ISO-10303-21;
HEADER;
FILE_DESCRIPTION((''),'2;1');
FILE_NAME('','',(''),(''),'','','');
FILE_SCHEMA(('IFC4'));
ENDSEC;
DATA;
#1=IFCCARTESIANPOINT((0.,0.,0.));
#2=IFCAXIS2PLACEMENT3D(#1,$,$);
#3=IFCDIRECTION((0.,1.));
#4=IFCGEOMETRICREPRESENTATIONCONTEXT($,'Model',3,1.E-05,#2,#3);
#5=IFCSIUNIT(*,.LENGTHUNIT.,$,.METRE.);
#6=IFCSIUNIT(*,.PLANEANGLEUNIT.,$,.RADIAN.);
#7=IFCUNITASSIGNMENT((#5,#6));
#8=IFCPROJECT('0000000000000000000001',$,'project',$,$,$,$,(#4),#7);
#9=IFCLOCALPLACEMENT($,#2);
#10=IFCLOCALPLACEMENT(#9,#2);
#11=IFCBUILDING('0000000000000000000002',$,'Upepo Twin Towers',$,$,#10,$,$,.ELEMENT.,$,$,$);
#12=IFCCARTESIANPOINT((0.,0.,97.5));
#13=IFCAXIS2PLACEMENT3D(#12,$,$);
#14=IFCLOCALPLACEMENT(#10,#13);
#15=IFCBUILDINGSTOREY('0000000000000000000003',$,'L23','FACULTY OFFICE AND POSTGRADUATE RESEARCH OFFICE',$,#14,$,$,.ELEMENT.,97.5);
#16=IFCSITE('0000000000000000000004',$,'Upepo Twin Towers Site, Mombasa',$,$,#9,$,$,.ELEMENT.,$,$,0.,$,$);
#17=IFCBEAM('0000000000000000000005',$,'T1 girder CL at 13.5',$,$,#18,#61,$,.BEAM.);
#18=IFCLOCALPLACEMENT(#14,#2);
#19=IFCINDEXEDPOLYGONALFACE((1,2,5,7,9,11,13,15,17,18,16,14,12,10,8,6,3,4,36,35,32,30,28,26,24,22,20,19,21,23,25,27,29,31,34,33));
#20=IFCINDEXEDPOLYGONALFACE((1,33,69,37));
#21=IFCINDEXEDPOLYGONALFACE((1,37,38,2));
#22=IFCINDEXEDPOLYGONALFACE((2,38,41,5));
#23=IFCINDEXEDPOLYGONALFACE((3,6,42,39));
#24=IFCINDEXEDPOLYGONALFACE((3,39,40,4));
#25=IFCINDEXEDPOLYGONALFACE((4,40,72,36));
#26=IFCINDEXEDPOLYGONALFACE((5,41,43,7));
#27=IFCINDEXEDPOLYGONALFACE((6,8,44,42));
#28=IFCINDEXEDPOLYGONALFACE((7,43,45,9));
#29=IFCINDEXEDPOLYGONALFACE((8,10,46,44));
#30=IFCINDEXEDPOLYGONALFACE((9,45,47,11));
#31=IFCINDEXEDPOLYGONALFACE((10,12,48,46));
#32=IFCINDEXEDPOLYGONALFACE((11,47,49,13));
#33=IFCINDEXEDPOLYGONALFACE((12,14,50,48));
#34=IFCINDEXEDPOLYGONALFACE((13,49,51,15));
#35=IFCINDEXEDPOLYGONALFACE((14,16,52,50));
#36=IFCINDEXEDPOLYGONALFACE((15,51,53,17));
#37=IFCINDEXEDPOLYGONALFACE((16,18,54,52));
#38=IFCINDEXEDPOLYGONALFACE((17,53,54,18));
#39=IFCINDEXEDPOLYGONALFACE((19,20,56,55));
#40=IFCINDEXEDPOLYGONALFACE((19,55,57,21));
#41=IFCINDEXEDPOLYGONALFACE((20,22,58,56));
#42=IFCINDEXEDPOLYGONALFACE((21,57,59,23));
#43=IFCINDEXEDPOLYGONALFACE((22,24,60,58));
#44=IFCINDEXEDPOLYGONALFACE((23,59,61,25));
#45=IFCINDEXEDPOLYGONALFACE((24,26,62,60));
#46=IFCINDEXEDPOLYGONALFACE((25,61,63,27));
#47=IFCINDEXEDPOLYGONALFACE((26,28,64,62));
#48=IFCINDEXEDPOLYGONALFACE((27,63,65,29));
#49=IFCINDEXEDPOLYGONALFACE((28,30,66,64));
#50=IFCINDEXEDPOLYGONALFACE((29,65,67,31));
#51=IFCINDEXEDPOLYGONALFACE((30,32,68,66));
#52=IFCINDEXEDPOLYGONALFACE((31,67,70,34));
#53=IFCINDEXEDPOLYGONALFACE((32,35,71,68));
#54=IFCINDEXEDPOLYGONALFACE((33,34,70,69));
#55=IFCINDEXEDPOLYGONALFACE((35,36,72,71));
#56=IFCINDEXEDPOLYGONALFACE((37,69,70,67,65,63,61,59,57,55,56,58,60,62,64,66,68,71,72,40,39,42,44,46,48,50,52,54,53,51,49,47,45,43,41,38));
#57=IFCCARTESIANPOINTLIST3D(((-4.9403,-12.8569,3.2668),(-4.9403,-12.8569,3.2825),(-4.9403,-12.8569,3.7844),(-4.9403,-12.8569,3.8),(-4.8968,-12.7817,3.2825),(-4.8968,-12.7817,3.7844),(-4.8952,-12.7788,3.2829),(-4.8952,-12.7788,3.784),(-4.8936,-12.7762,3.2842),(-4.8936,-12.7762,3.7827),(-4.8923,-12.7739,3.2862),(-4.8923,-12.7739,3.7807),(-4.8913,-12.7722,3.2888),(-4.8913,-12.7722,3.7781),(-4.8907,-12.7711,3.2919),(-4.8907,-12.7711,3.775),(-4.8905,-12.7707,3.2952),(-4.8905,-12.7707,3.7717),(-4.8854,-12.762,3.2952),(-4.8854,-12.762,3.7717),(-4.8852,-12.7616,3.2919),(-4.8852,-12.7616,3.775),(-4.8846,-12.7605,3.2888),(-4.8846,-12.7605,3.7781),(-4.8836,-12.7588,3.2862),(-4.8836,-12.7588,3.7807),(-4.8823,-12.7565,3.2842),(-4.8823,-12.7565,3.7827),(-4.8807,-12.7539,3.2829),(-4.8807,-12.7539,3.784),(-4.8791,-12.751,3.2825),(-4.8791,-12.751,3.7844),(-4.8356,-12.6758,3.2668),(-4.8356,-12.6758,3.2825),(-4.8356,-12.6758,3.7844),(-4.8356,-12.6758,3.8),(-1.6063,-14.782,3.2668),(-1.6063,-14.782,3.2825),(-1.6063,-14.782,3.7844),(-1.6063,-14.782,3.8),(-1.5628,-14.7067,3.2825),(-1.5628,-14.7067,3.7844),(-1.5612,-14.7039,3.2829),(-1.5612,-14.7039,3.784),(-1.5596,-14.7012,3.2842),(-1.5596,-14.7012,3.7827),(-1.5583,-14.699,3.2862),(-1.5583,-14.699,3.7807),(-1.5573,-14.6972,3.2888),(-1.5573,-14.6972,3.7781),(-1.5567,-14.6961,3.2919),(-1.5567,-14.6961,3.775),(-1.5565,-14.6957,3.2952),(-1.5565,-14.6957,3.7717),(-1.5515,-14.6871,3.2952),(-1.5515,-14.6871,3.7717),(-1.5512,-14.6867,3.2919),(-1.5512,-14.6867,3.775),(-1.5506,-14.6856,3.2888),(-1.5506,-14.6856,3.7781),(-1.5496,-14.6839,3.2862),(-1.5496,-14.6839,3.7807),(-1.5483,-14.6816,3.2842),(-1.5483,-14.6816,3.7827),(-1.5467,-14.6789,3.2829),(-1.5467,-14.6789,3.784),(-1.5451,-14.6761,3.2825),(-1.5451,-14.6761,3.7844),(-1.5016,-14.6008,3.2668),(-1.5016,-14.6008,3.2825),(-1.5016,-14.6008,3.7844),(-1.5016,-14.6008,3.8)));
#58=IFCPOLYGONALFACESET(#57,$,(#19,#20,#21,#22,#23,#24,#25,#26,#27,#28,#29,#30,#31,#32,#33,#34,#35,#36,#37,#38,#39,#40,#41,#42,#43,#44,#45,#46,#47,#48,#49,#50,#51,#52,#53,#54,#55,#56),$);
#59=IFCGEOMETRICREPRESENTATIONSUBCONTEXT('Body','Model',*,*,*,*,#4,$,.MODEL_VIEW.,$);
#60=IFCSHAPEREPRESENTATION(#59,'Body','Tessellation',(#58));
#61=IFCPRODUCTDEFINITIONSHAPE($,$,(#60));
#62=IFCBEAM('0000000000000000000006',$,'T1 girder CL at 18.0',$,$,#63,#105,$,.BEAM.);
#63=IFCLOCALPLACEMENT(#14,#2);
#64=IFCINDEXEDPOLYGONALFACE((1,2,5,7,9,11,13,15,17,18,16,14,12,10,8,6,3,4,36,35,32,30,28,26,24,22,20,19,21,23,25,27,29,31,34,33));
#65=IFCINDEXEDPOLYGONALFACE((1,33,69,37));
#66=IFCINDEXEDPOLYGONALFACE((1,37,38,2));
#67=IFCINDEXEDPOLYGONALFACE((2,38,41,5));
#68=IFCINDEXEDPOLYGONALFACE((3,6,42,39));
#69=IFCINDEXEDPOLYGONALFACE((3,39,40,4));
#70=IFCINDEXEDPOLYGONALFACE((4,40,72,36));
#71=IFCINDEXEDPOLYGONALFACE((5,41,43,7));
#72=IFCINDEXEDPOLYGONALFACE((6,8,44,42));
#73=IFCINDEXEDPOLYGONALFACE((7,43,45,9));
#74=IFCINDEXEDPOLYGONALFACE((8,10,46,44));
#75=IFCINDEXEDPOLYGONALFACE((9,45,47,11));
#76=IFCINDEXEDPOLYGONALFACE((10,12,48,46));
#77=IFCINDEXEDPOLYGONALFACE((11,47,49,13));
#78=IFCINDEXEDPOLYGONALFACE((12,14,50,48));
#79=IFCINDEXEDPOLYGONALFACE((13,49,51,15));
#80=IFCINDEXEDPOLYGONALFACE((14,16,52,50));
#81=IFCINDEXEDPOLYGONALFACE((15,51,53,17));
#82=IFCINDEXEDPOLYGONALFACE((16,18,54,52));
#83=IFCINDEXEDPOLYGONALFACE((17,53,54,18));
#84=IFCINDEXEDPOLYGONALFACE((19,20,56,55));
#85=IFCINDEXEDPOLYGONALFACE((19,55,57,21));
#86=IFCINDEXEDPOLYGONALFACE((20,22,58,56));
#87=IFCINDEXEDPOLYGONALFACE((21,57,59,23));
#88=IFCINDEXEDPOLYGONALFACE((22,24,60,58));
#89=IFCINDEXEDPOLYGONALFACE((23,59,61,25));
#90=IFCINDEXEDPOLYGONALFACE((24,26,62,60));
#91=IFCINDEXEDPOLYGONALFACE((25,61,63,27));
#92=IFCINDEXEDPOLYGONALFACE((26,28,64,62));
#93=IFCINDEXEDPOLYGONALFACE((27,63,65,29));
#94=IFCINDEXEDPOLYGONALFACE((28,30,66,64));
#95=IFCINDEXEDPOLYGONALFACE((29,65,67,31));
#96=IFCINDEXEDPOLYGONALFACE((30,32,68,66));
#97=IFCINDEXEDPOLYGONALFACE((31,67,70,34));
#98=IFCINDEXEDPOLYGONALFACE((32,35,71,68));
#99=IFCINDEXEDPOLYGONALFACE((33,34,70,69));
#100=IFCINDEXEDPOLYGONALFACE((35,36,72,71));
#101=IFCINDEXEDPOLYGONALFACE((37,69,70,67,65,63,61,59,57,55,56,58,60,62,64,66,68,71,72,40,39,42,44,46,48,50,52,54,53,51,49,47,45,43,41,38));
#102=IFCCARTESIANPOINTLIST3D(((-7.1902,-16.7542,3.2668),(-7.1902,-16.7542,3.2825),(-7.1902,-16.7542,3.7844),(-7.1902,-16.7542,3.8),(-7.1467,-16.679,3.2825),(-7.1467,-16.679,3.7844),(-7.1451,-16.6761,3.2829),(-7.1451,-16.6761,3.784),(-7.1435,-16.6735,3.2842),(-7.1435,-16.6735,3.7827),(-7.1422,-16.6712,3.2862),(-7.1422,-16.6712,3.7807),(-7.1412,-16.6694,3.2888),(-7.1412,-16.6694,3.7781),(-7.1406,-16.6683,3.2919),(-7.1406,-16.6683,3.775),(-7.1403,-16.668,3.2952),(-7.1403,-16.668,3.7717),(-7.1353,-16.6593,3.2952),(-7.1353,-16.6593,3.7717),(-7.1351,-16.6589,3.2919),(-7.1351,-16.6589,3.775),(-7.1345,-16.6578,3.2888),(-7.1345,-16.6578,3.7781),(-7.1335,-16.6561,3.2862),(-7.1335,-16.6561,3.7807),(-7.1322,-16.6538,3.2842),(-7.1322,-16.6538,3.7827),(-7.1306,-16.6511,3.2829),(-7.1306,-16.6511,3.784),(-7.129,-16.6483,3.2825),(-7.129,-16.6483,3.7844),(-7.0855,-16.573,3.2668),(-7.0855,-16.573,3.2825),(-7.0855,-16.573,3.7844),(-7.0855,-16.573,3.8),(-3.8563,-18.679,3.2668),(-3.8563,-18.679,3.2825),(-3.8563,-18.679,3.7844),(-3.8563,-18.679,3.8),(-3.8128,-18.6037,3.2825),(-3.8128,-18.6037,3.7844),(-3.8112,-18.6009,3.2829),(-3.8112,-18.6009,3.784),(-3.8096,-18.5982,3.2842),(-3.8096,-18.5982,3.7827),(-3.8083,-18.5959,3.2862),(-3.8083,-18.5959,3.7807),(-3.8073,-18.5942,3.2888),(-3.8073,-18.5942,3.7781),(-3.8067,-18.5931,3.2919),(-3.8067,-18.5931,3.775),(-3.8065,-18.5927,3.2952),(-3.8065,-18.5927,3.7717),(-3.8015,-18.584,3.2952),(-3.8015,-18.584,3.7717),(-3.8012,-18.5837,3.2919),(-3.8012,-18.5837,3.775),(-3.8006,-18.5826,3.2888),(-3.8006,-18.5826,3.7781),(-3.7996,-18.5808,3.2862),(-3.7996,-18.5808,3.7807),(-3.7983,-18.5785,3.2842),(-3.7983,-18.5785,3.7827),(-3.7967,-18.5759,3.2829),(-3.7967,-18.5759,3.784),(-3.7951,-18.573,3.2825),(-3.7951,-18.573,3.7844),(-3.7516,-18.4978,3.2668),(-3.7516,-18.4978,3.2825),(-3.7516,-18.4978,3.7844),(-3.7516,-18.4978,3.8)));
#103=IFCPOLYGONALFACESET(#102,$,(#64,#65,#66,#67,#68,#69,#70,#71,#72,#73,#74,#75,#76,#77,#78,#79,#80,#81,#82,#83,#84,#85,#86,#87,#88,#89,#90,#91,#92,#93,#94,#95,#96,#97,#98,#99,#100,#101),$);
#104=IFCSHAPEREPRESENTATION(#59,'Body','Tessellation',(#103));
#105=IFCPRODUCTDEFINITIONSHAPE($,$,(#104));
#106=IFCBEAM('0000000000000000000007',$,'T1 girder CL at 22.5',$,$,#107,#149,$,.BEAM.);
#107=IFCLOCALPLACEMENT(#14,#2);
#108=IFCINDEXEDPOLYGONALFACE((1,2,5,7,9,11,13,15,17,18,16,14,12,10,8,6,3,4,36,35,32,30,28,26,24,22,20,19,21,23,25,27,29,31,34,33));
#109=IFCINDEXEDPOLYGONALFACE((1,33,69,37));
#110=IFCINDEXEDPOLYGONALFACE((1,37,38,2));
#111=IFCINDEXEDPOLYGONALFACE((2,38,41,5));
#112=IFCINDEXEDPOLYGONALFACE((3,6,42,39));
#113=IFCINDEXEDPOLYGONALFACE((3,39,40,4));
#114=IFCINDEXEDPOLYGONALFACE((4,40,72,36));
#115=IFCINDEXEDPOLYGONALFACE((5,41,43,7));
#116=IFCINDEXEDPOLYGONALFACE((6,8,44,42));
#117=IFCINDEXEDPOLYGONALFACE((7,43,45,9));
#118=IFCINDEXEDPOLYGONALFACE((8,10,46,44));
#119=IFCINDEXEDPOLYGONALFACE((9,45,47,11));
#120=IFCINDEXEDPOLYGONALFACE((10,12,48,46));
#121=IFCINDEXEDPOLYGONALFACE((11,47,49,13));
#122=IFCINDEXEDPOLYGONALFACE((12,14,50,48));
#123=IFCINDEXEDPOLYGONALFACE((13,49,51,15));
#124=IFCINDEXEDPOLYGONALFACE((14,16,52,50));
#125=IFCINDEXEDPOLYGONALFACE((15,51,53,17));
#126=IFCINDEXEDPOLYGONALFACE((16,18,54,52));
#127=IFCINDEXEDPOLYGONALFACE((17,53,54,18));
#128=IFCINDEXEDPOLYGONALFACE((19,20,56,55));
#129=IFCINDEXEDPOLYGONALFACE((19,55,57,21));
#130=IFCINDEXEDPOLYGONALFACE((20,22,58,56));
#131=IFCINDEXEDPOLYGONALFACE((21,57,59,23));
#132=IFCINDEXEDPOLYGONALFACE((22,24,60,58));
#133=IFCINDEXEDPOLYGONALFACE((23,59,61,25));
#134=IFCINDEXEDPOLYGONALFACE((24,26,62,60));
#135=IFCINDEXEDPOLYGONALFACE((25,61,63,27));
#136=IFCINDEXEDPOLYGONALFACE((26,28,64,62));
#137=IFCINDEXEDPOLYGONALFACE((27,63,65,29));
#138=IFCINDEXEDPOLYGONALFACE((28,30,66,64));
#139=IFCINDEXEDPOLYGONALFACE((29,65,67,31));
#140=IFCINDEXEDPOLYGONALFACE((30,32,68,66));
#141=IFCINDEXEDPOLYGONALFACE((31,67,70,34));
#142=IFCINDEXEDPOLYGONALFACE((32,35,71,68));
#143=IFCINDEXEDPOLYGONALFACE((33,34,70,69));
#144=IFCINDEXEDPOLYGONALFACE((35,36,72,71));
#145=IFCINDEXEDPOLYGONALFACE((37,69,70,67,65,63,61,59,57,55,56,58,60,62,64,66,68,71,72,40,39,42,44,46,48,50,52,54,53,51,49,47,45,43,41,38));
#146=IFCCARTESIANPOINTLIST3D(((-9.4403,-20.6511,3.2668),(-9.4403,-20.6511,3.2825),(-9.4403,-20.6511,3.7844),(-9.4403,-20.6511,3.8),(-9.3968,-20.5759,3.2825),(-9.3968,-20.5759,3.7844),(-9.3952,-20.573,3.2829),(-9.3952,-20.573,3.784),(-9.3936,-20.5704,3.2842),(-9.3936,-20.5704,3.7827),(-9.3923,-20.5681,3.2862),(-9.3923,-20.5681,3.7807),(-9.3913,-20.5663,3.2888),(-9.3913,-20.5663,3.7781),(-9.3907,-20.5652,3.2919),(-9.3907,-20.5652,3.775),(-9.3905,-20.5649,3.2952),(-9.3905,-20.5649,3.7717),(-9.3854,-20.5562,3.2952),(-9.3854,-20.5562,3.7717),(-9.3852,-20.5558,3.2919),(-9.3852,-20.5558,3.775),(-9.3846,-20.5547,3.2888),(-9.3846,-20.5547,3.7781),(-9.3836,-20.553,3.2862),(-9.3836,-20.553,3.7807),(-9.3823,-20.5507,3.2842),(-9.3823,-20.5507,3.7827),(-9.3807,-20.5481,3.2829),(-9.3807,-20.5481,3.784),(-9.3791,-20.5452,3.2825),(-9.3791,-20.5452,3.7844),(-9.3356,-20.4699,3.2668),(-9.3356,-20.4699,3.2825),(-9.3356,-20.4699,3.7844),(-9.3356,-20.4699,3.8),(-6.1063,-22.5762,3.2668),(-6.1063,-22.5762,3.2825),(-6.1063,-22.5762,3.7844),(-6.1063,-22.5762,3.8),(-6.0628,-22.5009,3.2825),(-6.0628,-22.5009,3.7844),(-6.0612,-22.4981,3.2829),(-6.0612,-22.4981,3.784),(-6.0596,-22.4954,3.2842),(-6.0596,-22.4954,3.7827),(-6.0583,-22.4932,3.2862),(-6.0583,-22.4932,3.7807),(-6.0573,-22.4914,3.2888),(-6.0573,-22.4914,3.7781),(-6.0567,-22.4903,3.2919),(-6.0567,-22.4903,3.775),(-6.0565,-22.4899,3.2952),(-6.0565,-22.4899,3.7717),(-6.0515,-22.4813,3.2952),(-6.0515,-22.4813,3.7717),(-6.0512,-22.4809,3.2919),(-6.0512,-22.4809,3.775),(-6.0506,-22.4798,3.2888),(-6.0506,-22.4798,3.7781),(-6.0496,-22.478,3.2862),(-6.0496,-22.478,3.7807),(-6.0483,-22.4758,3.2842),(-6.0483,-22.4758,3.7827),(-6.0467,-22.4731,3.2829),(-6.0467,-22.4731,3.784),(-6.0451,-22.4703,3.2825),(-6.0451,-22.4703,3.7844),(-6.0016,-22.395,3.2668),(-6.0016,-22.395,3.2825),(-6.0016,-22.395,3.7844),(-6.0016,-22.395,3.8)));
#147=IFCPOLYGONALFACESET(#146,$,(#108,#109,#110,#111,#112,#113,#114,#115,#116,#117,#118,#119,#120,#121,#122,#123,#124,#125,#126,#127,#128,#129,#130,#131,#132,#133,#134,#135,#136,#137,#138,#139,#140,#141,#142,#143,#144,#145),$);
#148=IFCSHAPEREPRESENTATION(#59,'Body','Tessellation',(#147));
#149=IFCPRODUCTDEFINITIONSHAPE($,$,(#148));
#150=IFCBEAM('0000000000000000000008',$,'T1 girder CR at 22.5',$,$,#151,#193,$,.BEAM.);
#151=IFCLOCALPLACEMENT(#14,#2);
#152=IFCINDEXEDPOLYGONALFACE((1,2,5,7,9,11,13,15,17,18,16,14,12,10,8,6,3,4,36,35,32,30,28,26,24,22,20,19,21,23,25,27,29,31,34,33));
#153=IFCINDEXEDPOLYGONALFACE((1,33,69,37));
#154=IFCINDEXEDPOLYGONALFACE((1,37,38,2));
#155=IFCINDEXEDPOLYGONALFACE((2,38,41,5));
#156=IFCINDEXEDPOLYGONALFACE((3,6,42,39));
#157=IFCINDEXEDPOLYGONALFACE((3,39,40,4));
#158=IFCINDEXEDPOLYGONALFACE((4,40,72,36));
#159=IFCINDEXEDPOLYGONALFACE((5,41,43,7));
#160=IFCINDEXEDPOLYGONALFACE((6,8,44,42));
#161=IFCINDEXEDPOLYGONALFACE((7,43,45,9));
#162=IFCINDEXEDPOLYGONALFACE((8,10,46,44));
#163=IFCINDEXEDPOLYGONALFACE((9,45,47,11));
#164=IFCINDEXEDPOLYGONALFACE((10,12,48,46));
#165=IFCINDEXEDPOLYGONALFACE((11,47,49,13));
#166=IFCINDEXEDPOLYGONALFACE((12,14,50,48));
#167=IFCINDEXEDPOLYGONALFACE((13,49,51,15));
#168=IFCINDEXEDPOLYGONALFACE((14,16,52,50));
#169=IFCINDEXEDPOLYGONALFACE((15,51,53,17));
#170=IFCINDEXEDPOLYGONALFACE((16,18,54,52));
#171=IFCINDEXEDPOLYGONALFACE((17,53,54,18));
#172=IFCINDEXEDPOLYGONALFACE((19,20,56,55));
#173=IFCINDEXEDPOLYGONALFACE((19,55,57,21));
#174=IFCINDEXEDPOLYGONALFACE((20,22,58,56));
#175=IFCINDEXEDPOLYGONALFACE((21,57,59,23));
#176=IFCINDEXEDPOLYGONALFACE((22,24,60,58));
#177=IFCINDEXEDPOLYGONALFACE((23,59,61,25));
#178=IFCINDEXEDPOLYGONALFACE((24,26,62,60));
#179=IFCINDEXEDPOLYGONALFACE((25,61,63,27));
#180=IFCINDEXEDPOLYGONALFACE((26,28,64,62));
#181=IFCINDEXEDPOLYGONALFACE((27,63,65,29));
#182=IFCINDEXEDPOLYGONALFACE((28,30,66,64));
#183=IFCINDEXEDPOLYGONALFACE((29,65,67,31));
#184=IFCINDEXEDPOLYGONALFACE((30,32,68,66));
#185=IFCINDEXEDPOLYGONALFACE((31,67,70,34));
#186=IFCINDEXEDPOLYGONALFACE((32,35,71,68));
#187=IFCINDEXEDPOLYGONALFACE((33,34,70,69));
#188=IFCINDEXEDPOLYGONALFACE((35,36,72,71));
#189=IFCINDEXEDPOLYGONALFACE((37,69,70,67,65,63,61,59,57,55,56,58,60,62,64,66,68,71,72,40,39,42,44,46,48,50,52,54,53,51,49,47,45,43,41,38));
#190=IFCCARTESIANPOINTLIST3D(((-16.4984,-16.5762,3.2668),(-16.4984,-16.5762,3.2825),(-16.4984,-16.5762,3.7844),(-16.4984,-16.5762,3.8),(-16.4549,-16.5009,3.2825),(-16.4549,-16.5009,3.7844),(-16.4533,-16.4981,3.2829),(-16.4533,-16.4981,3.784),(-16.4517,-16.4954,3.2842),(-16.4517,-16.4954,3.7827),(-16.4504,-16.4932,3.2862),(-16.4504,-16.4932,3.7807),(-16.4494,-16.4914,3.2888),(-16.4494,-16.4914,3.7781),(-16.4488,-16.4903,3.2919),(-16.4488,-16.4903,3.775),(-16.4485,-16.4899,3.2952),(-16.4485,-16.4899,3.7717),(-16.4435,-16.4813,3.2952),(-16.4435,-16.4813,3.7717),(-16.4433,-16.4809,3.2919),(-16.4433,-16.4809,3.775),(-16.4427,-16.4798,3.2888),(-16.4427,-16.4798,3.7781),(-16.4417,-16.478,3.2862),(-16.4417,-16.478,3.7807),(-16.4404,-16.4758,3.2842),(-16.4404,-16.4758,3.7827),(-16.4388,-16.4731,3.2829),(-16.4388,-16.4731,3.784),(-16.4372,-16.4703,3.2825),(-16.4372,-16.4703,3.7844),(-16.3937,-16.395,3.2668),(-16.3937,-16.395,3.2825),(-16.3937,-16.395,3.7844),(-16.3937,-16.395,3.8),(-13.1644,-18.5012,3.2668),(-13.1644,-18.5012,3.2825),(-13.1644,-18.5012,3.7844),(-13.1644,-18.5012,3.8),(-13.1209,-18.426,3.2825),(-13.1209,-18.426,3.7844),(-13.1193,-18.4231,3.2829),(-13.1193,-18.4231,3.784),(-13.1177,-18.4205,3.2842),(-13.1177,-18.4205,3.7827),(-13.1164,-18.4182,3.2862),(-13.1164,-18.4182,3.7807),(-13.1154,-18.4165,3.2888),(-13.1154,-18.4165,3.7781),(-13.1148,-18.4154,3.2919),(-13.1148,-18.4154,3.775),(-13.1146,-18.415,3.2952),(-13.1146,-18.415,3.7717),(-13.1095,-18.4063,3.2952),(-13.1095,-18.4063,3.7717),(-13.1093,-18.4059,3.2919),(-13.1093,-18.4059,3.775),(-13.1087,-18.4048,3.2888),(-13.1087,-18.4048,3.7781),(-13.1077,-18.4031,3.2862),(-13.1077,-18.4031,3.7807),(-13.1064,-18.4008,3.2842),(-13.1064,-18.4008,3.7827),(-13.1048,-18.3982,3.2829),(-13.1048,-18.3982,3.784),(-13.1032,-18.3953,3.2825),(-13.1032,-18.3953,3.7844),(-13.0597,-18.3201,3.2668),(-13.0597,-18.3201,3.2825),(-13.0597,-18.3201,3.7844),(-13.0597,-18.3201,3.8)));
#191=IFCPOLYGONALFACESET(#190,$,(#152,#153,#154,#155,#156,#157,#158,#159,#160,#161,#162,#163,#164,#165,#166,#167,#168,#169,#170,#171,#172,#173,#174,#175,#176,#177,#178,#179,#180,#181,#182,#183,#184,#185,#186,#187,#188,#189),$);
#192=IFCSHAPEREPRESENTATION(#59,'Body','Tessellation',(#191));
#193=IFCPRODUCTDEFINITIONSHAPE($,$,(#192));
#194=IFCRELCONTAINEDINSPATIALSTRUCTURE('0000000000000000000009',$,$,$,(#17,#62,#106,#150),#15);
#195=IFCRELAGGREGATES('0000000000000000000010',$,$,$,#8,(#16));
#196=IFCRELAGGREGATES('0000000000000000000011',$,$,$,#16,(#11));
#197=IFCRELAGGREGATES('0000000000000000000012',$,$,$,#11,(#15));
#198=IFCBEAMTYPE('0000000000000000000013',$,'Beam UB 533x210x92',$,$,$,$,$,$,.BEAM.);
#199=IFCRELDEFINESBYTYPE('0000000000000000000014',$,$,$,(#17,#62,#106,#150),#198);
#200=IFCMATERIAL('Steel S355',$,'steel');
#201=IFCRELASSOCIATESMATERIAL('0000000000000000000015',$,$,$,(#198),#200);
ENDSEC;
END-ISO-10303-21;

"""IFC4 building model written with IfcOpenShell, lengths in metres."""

from ifc_helpers import new_model, si_unit, direction, frame, origin, origin_2d, place, context, subcontext, project, spatial, i_section, extrude, material, material_profile, profile_set, type_object, element, save


model = new_model("IFC4")

# Units and contexts
model_context = context("Model", 3, precision=1e-05, world=origin(), true_north=direction((0.0, 1.0)))
body_context = subcontext(model_context, "Body", "Model", "MODEL_VIEW")
ifc_project = project(units=[si_unit("LENGTHUNIT", "METRE"), si_unit("PLANEANGLEUNIT", "RADIAN")], contexts=[model_context])

# Site, building, storey
site_placement = place(None, origin())
site = spatial("IfcSite", under=ifc_project, at=site_placement, Name="Upepo Twin Towers Site, Mombasa", CompositionType="ELEMENT", RefElevation=0.0)
building_placement = place(site_placement, origin())
building = spatial("IfcBuilding", under=site, at=building_placement, Name="Upepo Twin Towers", CompositionType="ELEMENT")
storey_placement = place(building_placement, frame((0.0, 0.0, 97.5)))
storey = spatial("IfcBuildingStorey", under=building, at=storey_placement, Name="L23", Description="FACULTY OFFICE AND POSTGRADUATE RESEARCH OFFICE", CompositionType="ELEMENT", Elevation=97.5)

# Beams
ifc_material_1 = material(Name="Steel S355", Category="steel")
ifc_material_profile_1 = material_profile(ifc_material_1, i_section(OverallWidth=0.2092, OverallDepth=0.5332, WebThickness=0.01, FlangeThickness=0.0156, FilletRadius=0.0127, at=origin_2d()), Name="UB 533x210x92")
ifc_profile_set_1 = profile_set([ifc_material_profile_1], Name="Steel S355")
beam_type_1 = type_object("IfcBeamType", Name="Beam UB 533x210x92", PredefinedType="BEAM", material=ifc_profile_set_1)
beam_1_placement = place(storey_placement, frame((-1.554, -14.6914, 3.5334), z_axis=(-0.866006, 0.500034, 0.0), x_axis=(-0.500034, -0.866006, 0.0)))
element("IfcBeam", 1, at=beam_1_placement, inside=storey, type_object=beam_type_1, Name="T1 girder CL at 13.5", PredefinedType="BEAM", context=body_context, shape_type="SweptSolid", body=[
    extrude(i_section(OverallWidth=0.2092, OverallDepth=0.5332, WebThickness=0.01, FlangeThickness=0.0156, FilletRadius=0.0127, at=origin_2d()), origin(), (0.0, 0.0, 1.0), 3.8499),
])
beam_2_placement = place(storey_placement, frame((-3.804, -18.5884, 3.5334), z_axis=(-0.866034, 0.499986, 0.0), x_axis=(-0.499986, -0.866034, 0.0)))
element("IfcBeam", 2, at=beam_2_placement, inside=storey, type_object=beam_type_1, Name="T1 girder CL at 18.0", PredefinedType="BEAM", context=body_context, shape_type="SweptSolid", body=[
    extrude(i_section(OverallWidth=0.2092, OverallDepth=0.5332, WebThickness=0.01, FlangeThickness=0.0156, FilletRadius=0.0127, at=origin_2d()), origin(), (0.0, 0.0, 1.0), 3.8496),
])
for number, where, z_axis, x_axis, name in (
    (3, (-6.054, -22.4856, 3.5334), (-0.866006, 0.500034, 0.0), (-0.500034, -0.866006, 0.0), "T1 girder CL at 22.5"),
    (4, (-16.446, -16.4856, 3.5334), (0.866006, -0.500034, 0.0), (0.500034, 0.866006, 0.0), "T1 girder CR at 22.5"),
):
    element("IfcBeam", number, at=place(storey_placement, frame(where, z_axis=z_axis, x_axis=x_axis)), inside=storey, type_object=beam_type_1, Name=name, PredefinedType="BEAM", context=body_context, shape_type="SweptSolid", body=[
        extrude(i_section(OverallWidth=0.2092, OverallDepth=0.5332, WebThickness=0.01, FlangeThickness=0.0156, FilletRadius=0.0127, at=origin_2d()), origin(), (0.0, 0.0, 1.0), 3.8499),
    ])

save(model, "model.ifc")
